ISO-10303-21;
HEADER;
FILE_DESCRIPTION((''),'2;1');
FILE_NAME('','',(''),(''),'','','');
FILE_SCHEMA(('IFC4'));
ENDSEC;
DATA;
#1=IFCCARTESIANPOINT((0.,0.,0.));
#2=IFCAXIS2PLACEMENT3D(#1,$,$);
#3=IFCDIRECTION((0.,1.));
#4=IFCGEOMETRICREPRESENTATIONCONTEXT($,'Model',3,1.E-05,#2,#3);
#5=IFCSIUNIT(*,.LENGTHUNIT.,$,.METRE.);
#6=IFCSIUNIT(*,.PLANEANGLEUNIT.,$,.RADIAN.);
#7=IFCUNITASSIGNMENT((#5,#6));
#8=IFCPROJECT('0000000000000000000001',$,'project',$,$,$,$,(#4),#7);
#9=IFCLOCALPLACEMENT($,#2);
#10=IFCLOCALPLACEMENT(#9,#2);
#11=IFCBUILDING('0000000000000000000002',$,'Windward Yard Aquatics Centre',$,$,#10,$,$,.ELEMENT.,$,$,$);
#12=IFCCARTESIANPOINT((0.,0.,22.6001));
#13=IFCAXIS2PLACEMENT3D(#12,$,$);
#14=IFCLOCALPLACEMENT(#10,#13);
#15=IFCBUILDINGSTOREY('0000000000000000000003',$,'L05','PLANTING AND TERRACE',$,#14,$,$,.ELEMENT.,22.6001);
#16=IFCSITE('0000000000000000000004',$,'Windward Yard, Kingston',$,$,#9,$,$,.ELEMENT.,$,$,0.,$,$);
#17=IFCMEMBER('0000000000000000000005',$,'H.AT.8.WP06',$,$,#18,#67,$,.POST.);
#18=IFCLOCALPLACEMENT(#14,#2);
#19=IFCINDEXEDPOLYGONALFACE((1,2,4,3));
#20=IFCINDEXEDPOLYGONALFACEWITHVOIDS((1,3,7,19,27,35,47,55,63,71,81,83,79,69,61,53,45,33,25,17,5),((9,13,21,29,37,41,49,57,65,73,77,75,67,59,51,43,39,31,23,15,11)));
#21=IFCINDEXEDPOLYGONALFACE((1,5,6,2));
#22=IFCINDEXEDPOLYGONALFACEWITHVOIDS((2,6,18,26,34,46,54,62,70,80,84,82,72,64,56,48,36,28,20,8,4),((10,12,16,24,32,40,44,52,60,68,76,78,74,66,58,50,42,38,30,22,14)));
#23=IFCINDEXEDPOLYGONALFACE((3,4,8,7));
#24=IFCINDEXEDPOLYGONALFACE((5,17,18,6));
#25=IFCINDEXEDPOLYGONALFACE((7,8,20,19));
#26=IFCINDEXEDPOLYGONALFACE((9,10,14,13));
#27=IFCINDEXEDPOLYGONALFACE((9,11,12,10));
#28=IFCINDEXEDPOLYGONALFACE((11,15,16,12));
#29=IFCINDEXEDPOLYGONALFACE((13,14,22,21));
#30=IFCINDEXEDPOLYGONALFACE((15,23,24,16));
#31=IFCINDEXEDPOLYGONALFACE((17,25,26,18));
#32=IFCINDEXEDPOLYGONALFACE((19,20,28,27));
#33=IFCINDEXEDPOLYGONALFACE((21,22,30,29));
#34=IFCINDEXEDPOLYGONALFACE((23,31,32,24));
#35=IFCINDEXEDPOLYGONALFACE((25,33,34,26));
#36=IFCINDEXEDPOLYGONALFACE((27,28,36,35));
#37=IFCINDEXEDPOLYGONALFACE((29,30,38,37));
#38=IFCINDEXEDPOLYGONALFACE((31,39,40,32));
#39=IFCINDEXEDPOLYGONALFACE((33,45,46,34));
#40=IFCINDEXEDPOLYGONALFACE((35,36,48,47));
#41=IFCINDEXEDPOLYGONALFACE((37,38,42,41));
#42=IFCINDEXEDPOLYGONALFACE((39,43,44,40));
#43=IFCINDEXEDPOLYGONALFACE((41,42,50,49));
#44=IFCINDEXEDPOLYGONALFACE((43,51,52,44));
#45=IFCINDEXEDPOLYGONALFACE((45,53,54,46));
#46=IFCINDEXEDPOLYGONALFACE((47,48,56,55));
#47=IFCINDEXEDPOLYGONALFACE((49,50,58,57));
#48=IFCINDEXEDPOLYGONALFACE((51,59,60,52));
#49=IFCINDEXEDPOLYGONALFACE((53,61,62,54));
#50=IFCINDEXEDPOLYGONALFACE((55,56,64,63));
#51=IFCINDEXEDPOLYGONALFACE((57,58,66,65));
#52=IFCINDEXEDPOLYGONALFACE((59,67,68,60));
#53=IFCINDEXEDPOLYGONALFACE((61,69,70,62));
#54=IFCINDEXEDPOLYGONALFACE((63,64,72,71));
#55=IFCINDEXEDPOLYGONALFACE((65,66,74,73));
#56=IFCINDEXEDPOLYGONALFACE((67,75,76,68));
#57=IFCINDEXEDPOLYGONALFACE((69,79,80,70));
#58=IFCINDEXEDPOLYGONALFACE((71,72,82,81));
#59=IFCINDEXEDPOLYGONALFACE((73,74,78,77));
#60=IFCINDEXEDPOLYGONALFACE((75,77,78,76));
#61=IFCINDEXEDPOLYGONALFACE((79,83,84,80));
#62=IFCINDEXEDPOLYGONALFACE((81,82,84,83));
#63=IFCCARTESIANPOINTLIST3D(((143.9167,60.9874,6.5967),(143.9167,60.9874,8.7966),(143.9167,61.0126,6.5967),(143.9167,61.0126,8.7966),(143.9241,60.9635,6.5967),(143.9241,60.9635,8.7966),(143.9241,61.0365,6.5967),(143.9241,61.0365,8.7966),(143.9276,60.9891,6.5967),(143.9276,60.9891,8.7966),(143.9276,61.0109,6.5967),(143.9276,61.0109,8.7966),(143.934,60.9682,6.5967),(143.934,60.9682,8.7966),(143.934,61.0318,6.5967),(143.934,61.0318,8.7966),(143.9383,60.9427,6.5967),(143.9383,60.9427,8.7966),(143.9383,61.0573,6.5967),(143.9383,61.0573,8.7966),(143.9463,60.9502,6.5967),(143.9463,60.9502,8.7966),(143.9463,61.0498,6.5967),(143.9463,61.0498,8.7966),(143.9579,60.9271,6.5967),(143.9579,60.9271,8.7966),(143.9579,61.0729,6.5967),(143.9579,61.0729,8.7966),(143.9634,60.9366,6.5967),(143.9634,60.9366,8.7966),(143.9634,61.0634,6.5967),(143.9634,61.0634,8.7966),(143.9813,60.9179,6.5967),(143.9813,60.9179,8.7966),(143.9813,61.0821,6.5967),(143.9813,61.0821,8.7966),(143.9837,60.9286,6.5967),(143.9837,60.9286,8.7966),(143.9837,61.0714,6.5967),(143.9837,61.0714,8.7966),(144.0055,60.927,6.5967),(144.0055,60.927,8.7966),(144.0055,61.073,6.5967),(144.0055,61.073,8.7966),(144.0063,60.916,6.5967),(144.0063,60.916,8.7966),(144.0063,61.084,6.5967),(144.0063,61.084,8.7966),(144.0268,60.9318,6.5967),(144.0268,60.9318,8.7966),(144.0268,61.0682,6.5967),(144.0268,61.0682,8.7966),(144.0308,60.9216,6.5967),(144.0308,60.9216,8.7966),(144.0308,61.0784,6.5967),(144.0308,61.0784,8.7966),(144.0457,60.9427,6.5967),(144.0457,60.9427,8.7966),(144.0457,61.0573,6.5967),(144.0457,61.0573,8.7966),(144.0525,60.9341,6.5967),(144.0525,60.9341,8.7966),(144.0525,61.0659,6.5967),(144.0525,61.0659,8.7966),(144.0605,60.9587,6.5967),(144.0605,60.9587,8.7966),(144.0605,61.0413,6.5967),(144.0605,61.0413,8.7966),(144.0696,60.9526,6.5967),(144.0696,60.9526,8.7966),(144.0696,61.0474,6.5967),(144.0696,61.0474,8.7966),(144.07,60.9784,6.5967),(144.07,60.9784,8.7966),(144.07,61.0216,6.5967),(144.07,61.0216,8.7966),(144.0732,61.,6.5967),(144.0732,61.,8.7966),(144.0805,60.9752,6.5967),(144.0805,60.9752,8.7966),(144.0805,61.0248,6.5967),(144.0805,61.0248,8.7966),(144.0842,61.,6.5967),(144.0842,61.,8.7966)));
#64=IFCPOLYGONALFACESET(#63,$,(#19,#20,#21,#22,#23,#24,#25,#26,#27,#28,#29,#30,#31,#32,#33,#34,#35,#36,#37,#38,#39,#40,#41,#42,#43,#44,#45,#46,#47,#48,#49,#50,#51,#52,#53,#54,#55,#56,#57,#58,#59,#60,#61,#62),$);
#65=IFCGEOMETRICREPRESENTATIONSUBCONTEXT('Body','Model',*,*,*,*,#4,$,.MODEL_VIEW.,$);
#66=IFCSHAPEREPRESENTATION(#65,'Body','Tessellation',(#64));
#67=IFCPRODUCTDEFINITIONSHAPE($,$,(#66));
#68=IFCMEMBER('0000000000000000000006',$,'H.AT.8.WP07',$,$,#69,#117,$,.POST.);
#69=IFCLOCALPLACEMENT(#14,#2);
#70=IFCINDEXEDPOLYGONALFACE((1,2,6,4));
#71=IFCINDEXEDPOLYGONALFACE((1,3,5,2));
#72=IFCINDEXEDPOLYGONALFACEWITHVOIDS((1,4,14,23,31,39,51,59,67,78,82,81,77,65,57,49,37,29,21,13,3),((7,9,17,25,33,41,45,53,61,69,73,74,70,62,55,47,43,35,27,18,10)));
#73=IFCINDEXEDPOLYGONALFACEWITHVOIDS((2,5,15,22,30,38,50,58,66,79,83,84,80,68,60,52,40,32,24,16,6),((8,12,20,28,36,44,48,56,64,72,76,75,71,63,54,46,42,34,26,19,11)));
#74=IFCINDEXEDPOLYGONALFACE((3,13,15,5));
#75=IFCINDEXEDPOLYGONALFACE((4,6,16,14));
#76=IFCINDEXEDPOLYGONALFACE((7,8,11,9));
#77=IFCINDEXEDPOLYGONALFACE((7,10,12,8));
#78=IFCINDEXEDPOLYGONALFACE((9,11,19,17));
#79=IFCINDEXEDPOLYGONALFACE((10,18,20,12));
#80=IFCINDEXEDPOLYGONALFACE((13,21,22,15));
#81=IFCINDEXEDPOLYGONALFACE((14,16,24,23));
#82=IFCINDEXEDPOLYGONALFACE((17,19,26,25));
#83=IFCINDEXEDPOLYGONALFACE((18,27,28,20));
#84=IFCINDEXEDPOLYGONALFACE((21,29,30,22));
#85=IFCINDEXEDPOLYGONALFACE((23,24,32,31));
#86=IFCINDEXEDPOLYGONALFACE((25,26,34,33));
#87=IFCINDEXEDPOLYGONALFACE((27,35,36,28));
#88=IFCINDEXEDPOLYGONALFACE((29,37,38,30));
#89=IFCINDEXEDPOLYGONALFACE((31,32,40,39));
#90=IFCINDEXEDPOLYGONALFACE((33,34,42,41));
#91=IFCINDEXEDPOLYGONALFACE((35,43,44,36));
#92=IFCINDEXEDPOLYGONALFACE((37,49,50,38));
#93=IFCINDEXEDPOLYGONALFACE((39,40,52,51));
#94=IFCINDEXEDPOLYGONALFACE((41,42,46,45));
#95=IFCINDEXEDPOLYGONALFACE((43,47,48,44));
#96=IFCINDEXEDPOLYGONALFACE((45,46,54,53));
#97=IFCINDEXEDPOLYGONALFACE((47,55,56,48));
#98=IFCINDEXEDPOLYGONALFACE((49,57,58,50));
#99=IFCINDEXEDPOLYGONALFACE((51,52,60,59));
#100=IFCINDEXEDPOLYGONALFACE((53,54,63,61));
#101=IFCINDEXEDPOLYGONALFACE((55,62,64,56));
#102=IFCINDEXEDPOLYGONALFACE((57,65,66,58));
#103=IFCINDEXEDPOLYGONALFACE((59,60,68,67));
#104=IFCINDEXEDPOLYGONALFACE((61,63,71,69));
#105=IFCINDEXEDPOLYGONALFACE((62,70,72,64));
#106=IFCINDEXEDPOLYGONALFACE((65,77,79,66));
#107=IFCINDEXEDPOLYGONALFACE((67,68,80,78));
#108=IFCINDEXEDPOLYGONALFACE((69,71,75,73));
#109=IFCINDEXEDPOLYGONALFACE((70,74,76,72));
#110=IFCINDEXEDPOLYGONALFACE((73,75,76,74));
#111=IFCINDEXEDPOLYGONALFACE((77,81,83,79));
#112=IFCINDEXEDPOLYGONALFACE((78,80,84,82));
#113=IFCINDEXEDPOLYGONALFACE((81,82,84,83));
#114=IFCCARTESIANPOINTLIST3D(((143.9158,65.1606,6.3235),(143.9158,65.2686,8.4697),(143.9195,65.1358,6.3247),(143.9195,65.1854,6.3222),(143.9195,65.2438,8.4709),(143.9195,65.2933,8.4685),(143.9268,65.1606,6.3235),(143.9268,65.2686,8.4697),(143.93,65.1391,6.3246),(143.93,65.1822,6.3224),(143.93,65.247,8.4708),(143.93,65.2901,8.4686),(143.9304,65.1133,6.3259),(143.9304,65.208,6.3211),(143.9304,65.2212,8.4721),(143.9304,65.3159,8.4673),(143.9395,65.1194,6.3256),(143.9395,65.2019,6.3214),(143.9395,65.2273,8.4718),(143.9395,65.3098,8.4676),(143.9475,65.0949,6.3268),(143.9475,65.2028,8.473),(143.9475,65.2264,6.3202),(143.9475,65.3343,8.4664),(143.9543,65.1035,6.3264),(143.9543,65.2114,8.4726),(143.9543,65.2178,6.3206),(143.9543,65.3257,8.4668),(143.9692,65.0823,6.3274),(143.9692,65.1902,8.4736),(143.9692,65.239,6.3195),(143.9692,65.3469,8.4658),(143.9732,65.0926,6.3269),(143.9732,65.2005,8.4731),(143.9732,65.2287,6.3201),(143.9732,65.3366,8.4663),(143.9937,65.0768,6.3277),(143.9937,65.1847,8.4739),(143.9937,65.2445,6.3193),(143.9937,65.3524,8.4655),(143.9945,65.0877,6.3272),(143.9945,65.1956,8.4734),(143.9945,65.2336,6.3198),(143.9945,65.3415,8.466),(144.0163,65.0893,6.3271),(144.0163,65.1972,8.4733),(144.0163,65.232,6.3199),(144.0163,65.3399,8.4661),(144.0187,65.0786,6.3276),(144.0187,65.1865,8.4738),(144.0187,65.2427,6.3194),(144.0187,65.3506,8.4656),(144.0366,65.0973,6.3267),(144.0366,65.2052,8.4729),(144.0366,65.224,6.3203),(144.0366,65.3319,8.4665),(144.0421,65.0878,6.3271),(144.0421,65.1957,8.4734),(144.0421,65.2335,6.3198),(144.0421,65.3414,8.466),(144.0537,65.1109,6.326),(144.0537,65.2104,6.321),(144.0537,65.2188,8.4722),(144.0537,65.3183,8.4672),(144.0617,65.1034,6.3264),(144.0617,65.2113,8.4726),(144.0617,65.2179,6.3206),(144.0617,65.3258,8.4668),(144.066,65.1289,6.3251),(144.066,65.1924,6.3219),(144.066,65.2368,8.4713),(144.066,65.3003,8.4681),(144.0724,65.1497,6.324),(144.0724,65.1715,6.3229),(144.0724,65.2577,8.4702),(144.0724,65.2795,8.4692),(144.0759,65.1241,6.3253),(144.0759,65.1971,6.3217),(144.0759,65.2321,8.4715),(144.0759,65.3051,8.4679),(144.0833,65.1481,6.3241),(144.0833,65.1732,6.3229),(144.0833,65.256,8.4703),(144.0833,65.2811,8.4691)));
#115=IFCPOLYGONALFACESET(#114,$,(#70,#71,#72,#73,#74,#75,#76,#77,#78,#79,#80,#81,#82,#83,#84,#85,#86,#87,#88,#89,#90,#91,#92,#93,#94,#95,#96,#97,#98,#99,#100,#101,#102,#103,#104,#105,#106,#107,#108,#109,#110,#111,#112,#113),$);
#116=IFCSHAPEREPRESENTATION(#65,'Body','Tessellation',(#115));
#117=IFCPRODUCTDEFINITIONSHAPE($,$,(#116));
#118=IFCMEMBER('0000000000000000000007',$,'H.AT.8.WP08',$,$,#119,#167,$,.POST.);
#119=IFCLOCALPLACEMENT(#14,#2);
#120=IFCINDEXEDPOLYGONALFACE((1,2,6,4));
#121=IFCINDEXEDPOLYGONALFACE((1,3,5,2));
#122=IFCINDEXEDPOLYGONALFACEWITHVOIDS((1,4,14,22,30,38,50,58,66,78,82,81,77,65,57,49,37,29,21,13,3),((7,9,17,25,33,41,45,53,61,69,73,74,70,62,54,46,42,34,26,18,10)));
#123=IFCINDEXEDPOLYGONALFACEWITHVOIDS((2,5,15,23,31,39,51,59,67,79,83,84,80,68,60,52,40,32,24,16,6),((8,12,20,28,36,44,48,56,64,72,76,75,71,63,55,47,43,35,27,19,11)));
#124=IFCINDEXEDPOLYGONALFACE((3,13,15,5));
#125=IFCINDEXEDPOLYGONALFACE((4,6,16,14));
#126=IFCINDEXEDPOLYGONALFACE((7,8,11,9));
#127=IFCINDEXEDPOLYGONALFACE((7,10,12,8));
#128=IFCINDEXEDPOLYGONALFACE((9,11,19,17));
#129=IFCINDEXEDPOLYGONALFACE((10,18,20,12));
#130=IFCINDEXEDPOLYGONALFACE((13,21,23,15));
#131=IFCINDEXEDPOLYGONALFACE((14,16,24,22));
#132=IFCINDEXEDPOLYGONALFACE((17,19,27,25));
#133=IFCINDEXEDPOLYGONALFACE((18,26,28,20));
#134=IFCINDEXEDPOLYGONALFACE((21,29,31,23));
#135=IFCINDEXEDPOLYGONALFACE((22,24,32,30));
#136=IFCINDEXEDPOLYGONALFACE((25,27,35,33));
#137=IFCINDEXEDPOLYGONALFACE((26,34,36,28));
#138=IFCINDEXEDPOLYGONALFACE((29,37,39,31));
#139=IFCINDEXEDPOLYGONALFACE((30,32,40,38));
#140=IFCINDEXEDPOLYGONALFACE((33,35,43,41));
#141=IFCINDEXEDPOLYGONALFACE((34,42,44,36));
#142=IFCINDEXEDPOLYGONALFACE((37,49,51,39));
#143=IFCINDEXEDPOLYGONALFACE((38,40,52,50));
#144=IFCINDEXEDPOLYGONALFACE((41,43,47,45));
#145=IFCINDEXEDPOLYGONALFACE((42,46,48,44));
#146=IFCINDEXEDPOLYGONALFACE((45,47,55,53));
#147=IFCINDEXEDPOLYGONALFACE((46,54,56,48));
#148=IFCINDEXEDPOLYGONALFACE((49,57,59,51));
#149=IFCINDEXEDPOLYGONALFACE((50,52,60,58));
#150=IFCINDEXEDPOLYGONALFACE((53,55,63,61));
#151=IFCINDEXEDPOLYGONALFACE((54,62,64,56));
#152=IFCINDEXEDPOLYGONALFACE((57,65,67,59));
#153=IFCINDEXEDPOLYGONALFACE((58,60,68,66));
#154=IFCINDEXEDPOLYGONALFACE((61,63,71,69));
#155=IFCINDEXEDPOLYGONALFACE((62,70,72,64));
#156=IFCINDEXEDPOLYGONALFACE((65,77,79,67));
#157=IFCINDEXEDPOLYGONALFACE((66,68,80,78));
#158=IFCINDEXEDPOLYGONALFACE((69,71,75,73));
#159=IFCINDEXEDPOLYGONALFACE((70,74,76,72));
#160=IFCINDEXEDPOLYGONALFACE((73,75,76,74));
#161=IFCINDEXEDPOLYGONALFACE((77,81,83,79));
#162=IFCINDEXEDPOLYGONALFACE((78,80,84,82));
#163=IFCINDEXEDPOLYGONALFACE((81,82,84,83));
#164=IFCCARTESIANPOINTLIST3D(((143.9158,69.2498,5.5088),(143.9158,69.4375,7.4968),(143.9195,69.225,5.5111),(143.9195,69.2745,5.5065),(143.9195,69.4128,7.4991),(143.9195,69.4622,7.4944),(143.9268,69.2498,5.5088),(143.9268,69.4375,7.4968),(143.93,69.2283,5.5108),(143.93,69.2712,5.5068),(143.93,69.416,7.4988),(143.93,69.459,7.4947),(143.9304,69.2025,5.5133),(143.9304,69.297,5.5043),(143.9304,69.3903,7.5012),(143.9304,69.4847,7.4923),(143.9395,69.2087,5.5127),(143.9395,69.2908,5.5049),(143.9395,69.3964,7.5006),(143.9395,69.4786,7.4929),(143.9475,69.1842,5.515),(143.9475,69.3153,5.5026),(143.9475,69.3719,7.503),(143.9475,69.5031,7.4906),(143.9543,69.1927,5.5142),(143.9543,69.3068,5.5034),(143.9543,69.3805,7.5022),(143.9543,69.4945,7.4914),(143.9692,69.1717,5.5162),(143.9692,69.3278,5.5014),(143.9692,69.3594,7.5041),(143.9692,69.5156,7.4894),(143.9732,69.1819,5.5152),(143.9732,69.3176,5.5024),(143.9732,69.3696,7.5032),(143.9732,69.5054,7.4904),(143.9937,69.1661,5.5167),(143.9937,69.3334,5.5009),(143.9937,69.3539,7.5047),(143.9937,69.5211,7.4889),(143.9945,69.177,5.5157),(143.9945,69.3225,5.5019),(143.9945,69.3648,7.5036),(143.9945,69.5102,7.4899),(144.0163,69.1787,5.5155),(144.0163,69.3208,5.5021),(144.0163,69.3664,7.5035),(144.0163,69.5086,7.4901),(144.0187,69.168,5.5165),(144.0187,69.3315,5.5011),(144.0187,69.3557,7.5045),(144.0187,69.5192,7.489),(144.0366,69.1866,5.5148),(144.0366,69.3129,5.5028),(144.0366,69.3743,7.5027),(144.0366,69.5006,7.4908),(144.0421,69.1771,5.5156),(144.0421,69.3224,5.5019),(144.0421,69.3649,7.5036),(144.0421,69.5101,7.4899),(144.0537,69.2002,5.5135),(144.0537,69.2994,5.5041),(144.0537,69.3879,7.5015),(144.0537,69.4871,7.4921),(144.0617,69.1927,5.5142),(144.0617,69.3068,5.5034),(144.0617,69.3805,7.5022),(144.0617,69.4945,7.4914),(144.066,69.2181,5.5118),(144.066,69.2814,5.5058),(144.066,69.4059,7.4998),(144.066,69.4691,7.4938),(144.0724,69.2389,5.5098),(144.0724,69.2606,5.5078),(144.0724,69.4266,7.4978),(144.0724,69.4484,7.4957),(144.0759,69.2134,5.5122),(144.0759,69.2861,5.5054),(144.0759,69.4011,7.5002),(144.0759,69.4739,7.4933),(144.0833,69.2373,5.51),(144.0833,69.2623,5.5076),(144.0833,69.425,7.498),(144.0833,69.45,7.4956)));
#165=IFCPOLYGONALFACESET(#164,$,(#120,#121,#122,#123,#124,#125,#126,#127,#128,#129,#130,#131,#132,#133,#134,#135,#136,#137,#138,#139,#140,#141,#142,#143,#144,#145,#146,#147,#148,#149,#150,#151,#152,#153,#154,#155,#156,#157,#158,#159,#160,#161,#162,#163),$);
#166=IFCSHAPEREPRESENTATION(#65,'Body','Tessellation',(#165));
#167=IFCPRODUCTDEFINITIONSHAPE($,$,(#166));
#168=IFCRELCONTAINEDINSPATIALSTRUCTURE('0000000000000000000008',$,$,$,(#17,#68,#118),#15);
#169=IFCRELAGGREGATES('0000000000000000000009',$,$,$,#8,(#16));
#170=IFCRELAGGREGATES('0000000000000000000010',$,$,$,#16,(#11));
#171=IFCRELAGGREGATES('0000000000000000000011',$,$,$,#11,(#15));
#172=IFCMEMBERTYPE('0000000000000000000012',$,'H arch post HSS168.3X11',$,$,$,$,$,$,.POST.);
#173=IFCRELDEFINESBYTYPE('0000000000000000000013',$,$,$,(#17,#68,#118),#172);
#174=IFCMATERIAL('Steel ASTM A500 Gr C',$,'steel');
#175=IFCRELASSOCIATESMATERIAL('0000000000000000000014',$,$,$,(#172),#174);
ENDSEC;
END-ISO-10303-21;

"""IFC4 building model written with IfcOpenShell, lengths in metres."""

from ifc_helpers import new_model, si_unit, direction, frame, origin, origin_2d, place, context, subcontext, project, spatial, hollow_circle, extrude, material, material_profile, profile_set, type_object, element, save


model = new_model("IFC4")

# Units and contexts
model_context = context("Model", 3, precision=1e-05, world=origin(), true_north=direction((0.0, 1.0)))
body_context = subcontext(model_context, "Body", "Model", "MODEL_VIEW")
ifc_project = project(units=[si_unit("LENGTHUNIT", "METRE"), si_unit("PLANEANGLEUNIT", "RADIAN")], contexts=[model_context])

# Site, building, storey
site_placement = place(None, origin())
site = spatial("IfcSite", under=ifc_project, at=site_placement, Name="Windward Yard, Kingston", CompositionType="ELEMENT", RefElevation=0.0)
building_placement = place(site_placement, origin())
building = spatial("IfcBuilding", under=site, at=building_placement, Name="Windward Yard Aquatics Centre", CompositionType="ELEMENT")
storey_placement = place(building_placement, frame((0.0, 0.0, 22.6001)))
storey = spatial("IfcBuildingStorey", under=building, at=storey_placement, Name="L05", Description="PLANTING AND TERRACE", CompositionType="ELEMENT", Elevation=22.6001)

# Members
ifc_material_1 = material(Name="Steel ASTM A500 Gr C", Category="steel")
ifc_material_profile_1 = material_profile(ifc_material_1, hollow_circle(Radius=0.0842, WallThickness=0.011, at=origin_2d()), Name="HSS168.3X11")
ifc_profile_set_1 = profile_set([ifc_material_profile_1], Name="Steel ASTM A500 Gr C")
member_type_1 = type_object("IfcMemberType", Name="H arch post HSS168.3X11", PredefinedType="POST", material=ifc_profile_set_1)
member_1_placement = place(storey_placement, frame((144.0, 61.0, 6.5967), z_axis=(0.0, 0.0, 1.0), x_axis=(1.0, 0.0, 0.0)))
element("IfcMember", 1, at=member_1_placement, inside=storey, type_object=member_type_1, Name="H.AT.8.WP06", PredefinedType="POST", context=body_context, shape_type="SweptSolid", body=[
    extrude(hollow_circle(Radius=0.0842, WallThickness=0.011, at=origin_2d()), origin(), (0.0, 0.0, 1.0), 2.2),
])
member_2_placement = place(storey_placement, frame((144.0, 65.1606, 6.3235), z_axis=(0.0, 0.050215, 0.998738), x_axis=(-1.0, 0.0, 0.0)))
element("IfcMember", 2, at=member_2_placement, inside=storey, type_object=member_type_1, Name="H.AT.8.WP07", PredefinedType="POST", context=body_context, shape_type="SweptSolid", body=[
    extrude(hollow_circle(Radius=0.0842, WallThickness=0.011, at=origin_2d()), origin(), (0.0, 0.0, 1.0), 2.1489),
])
member_3_placement = place(storey_placement, frame((144.0, 69.2498, 5.5088), z_axis=(0.0, 0.094019, 0.99557), x_axis=(-1.0, 0.0, 0.0)))
element("IfcMember", 3, at=member_3_placement, inside=storey, type_object=member_type_1, Name="H.AT.8.WP08", PredefinedType="POST", context=body_context, shape_type="SweptSolid", body=[
    extrude(hollow_circle(Radius=0.0842, WallThickness=0.011, at=origin_2d()), origin(), (0.0, 0.0, 1.0), 1.9968),
])

save(model, "model.ifc")
